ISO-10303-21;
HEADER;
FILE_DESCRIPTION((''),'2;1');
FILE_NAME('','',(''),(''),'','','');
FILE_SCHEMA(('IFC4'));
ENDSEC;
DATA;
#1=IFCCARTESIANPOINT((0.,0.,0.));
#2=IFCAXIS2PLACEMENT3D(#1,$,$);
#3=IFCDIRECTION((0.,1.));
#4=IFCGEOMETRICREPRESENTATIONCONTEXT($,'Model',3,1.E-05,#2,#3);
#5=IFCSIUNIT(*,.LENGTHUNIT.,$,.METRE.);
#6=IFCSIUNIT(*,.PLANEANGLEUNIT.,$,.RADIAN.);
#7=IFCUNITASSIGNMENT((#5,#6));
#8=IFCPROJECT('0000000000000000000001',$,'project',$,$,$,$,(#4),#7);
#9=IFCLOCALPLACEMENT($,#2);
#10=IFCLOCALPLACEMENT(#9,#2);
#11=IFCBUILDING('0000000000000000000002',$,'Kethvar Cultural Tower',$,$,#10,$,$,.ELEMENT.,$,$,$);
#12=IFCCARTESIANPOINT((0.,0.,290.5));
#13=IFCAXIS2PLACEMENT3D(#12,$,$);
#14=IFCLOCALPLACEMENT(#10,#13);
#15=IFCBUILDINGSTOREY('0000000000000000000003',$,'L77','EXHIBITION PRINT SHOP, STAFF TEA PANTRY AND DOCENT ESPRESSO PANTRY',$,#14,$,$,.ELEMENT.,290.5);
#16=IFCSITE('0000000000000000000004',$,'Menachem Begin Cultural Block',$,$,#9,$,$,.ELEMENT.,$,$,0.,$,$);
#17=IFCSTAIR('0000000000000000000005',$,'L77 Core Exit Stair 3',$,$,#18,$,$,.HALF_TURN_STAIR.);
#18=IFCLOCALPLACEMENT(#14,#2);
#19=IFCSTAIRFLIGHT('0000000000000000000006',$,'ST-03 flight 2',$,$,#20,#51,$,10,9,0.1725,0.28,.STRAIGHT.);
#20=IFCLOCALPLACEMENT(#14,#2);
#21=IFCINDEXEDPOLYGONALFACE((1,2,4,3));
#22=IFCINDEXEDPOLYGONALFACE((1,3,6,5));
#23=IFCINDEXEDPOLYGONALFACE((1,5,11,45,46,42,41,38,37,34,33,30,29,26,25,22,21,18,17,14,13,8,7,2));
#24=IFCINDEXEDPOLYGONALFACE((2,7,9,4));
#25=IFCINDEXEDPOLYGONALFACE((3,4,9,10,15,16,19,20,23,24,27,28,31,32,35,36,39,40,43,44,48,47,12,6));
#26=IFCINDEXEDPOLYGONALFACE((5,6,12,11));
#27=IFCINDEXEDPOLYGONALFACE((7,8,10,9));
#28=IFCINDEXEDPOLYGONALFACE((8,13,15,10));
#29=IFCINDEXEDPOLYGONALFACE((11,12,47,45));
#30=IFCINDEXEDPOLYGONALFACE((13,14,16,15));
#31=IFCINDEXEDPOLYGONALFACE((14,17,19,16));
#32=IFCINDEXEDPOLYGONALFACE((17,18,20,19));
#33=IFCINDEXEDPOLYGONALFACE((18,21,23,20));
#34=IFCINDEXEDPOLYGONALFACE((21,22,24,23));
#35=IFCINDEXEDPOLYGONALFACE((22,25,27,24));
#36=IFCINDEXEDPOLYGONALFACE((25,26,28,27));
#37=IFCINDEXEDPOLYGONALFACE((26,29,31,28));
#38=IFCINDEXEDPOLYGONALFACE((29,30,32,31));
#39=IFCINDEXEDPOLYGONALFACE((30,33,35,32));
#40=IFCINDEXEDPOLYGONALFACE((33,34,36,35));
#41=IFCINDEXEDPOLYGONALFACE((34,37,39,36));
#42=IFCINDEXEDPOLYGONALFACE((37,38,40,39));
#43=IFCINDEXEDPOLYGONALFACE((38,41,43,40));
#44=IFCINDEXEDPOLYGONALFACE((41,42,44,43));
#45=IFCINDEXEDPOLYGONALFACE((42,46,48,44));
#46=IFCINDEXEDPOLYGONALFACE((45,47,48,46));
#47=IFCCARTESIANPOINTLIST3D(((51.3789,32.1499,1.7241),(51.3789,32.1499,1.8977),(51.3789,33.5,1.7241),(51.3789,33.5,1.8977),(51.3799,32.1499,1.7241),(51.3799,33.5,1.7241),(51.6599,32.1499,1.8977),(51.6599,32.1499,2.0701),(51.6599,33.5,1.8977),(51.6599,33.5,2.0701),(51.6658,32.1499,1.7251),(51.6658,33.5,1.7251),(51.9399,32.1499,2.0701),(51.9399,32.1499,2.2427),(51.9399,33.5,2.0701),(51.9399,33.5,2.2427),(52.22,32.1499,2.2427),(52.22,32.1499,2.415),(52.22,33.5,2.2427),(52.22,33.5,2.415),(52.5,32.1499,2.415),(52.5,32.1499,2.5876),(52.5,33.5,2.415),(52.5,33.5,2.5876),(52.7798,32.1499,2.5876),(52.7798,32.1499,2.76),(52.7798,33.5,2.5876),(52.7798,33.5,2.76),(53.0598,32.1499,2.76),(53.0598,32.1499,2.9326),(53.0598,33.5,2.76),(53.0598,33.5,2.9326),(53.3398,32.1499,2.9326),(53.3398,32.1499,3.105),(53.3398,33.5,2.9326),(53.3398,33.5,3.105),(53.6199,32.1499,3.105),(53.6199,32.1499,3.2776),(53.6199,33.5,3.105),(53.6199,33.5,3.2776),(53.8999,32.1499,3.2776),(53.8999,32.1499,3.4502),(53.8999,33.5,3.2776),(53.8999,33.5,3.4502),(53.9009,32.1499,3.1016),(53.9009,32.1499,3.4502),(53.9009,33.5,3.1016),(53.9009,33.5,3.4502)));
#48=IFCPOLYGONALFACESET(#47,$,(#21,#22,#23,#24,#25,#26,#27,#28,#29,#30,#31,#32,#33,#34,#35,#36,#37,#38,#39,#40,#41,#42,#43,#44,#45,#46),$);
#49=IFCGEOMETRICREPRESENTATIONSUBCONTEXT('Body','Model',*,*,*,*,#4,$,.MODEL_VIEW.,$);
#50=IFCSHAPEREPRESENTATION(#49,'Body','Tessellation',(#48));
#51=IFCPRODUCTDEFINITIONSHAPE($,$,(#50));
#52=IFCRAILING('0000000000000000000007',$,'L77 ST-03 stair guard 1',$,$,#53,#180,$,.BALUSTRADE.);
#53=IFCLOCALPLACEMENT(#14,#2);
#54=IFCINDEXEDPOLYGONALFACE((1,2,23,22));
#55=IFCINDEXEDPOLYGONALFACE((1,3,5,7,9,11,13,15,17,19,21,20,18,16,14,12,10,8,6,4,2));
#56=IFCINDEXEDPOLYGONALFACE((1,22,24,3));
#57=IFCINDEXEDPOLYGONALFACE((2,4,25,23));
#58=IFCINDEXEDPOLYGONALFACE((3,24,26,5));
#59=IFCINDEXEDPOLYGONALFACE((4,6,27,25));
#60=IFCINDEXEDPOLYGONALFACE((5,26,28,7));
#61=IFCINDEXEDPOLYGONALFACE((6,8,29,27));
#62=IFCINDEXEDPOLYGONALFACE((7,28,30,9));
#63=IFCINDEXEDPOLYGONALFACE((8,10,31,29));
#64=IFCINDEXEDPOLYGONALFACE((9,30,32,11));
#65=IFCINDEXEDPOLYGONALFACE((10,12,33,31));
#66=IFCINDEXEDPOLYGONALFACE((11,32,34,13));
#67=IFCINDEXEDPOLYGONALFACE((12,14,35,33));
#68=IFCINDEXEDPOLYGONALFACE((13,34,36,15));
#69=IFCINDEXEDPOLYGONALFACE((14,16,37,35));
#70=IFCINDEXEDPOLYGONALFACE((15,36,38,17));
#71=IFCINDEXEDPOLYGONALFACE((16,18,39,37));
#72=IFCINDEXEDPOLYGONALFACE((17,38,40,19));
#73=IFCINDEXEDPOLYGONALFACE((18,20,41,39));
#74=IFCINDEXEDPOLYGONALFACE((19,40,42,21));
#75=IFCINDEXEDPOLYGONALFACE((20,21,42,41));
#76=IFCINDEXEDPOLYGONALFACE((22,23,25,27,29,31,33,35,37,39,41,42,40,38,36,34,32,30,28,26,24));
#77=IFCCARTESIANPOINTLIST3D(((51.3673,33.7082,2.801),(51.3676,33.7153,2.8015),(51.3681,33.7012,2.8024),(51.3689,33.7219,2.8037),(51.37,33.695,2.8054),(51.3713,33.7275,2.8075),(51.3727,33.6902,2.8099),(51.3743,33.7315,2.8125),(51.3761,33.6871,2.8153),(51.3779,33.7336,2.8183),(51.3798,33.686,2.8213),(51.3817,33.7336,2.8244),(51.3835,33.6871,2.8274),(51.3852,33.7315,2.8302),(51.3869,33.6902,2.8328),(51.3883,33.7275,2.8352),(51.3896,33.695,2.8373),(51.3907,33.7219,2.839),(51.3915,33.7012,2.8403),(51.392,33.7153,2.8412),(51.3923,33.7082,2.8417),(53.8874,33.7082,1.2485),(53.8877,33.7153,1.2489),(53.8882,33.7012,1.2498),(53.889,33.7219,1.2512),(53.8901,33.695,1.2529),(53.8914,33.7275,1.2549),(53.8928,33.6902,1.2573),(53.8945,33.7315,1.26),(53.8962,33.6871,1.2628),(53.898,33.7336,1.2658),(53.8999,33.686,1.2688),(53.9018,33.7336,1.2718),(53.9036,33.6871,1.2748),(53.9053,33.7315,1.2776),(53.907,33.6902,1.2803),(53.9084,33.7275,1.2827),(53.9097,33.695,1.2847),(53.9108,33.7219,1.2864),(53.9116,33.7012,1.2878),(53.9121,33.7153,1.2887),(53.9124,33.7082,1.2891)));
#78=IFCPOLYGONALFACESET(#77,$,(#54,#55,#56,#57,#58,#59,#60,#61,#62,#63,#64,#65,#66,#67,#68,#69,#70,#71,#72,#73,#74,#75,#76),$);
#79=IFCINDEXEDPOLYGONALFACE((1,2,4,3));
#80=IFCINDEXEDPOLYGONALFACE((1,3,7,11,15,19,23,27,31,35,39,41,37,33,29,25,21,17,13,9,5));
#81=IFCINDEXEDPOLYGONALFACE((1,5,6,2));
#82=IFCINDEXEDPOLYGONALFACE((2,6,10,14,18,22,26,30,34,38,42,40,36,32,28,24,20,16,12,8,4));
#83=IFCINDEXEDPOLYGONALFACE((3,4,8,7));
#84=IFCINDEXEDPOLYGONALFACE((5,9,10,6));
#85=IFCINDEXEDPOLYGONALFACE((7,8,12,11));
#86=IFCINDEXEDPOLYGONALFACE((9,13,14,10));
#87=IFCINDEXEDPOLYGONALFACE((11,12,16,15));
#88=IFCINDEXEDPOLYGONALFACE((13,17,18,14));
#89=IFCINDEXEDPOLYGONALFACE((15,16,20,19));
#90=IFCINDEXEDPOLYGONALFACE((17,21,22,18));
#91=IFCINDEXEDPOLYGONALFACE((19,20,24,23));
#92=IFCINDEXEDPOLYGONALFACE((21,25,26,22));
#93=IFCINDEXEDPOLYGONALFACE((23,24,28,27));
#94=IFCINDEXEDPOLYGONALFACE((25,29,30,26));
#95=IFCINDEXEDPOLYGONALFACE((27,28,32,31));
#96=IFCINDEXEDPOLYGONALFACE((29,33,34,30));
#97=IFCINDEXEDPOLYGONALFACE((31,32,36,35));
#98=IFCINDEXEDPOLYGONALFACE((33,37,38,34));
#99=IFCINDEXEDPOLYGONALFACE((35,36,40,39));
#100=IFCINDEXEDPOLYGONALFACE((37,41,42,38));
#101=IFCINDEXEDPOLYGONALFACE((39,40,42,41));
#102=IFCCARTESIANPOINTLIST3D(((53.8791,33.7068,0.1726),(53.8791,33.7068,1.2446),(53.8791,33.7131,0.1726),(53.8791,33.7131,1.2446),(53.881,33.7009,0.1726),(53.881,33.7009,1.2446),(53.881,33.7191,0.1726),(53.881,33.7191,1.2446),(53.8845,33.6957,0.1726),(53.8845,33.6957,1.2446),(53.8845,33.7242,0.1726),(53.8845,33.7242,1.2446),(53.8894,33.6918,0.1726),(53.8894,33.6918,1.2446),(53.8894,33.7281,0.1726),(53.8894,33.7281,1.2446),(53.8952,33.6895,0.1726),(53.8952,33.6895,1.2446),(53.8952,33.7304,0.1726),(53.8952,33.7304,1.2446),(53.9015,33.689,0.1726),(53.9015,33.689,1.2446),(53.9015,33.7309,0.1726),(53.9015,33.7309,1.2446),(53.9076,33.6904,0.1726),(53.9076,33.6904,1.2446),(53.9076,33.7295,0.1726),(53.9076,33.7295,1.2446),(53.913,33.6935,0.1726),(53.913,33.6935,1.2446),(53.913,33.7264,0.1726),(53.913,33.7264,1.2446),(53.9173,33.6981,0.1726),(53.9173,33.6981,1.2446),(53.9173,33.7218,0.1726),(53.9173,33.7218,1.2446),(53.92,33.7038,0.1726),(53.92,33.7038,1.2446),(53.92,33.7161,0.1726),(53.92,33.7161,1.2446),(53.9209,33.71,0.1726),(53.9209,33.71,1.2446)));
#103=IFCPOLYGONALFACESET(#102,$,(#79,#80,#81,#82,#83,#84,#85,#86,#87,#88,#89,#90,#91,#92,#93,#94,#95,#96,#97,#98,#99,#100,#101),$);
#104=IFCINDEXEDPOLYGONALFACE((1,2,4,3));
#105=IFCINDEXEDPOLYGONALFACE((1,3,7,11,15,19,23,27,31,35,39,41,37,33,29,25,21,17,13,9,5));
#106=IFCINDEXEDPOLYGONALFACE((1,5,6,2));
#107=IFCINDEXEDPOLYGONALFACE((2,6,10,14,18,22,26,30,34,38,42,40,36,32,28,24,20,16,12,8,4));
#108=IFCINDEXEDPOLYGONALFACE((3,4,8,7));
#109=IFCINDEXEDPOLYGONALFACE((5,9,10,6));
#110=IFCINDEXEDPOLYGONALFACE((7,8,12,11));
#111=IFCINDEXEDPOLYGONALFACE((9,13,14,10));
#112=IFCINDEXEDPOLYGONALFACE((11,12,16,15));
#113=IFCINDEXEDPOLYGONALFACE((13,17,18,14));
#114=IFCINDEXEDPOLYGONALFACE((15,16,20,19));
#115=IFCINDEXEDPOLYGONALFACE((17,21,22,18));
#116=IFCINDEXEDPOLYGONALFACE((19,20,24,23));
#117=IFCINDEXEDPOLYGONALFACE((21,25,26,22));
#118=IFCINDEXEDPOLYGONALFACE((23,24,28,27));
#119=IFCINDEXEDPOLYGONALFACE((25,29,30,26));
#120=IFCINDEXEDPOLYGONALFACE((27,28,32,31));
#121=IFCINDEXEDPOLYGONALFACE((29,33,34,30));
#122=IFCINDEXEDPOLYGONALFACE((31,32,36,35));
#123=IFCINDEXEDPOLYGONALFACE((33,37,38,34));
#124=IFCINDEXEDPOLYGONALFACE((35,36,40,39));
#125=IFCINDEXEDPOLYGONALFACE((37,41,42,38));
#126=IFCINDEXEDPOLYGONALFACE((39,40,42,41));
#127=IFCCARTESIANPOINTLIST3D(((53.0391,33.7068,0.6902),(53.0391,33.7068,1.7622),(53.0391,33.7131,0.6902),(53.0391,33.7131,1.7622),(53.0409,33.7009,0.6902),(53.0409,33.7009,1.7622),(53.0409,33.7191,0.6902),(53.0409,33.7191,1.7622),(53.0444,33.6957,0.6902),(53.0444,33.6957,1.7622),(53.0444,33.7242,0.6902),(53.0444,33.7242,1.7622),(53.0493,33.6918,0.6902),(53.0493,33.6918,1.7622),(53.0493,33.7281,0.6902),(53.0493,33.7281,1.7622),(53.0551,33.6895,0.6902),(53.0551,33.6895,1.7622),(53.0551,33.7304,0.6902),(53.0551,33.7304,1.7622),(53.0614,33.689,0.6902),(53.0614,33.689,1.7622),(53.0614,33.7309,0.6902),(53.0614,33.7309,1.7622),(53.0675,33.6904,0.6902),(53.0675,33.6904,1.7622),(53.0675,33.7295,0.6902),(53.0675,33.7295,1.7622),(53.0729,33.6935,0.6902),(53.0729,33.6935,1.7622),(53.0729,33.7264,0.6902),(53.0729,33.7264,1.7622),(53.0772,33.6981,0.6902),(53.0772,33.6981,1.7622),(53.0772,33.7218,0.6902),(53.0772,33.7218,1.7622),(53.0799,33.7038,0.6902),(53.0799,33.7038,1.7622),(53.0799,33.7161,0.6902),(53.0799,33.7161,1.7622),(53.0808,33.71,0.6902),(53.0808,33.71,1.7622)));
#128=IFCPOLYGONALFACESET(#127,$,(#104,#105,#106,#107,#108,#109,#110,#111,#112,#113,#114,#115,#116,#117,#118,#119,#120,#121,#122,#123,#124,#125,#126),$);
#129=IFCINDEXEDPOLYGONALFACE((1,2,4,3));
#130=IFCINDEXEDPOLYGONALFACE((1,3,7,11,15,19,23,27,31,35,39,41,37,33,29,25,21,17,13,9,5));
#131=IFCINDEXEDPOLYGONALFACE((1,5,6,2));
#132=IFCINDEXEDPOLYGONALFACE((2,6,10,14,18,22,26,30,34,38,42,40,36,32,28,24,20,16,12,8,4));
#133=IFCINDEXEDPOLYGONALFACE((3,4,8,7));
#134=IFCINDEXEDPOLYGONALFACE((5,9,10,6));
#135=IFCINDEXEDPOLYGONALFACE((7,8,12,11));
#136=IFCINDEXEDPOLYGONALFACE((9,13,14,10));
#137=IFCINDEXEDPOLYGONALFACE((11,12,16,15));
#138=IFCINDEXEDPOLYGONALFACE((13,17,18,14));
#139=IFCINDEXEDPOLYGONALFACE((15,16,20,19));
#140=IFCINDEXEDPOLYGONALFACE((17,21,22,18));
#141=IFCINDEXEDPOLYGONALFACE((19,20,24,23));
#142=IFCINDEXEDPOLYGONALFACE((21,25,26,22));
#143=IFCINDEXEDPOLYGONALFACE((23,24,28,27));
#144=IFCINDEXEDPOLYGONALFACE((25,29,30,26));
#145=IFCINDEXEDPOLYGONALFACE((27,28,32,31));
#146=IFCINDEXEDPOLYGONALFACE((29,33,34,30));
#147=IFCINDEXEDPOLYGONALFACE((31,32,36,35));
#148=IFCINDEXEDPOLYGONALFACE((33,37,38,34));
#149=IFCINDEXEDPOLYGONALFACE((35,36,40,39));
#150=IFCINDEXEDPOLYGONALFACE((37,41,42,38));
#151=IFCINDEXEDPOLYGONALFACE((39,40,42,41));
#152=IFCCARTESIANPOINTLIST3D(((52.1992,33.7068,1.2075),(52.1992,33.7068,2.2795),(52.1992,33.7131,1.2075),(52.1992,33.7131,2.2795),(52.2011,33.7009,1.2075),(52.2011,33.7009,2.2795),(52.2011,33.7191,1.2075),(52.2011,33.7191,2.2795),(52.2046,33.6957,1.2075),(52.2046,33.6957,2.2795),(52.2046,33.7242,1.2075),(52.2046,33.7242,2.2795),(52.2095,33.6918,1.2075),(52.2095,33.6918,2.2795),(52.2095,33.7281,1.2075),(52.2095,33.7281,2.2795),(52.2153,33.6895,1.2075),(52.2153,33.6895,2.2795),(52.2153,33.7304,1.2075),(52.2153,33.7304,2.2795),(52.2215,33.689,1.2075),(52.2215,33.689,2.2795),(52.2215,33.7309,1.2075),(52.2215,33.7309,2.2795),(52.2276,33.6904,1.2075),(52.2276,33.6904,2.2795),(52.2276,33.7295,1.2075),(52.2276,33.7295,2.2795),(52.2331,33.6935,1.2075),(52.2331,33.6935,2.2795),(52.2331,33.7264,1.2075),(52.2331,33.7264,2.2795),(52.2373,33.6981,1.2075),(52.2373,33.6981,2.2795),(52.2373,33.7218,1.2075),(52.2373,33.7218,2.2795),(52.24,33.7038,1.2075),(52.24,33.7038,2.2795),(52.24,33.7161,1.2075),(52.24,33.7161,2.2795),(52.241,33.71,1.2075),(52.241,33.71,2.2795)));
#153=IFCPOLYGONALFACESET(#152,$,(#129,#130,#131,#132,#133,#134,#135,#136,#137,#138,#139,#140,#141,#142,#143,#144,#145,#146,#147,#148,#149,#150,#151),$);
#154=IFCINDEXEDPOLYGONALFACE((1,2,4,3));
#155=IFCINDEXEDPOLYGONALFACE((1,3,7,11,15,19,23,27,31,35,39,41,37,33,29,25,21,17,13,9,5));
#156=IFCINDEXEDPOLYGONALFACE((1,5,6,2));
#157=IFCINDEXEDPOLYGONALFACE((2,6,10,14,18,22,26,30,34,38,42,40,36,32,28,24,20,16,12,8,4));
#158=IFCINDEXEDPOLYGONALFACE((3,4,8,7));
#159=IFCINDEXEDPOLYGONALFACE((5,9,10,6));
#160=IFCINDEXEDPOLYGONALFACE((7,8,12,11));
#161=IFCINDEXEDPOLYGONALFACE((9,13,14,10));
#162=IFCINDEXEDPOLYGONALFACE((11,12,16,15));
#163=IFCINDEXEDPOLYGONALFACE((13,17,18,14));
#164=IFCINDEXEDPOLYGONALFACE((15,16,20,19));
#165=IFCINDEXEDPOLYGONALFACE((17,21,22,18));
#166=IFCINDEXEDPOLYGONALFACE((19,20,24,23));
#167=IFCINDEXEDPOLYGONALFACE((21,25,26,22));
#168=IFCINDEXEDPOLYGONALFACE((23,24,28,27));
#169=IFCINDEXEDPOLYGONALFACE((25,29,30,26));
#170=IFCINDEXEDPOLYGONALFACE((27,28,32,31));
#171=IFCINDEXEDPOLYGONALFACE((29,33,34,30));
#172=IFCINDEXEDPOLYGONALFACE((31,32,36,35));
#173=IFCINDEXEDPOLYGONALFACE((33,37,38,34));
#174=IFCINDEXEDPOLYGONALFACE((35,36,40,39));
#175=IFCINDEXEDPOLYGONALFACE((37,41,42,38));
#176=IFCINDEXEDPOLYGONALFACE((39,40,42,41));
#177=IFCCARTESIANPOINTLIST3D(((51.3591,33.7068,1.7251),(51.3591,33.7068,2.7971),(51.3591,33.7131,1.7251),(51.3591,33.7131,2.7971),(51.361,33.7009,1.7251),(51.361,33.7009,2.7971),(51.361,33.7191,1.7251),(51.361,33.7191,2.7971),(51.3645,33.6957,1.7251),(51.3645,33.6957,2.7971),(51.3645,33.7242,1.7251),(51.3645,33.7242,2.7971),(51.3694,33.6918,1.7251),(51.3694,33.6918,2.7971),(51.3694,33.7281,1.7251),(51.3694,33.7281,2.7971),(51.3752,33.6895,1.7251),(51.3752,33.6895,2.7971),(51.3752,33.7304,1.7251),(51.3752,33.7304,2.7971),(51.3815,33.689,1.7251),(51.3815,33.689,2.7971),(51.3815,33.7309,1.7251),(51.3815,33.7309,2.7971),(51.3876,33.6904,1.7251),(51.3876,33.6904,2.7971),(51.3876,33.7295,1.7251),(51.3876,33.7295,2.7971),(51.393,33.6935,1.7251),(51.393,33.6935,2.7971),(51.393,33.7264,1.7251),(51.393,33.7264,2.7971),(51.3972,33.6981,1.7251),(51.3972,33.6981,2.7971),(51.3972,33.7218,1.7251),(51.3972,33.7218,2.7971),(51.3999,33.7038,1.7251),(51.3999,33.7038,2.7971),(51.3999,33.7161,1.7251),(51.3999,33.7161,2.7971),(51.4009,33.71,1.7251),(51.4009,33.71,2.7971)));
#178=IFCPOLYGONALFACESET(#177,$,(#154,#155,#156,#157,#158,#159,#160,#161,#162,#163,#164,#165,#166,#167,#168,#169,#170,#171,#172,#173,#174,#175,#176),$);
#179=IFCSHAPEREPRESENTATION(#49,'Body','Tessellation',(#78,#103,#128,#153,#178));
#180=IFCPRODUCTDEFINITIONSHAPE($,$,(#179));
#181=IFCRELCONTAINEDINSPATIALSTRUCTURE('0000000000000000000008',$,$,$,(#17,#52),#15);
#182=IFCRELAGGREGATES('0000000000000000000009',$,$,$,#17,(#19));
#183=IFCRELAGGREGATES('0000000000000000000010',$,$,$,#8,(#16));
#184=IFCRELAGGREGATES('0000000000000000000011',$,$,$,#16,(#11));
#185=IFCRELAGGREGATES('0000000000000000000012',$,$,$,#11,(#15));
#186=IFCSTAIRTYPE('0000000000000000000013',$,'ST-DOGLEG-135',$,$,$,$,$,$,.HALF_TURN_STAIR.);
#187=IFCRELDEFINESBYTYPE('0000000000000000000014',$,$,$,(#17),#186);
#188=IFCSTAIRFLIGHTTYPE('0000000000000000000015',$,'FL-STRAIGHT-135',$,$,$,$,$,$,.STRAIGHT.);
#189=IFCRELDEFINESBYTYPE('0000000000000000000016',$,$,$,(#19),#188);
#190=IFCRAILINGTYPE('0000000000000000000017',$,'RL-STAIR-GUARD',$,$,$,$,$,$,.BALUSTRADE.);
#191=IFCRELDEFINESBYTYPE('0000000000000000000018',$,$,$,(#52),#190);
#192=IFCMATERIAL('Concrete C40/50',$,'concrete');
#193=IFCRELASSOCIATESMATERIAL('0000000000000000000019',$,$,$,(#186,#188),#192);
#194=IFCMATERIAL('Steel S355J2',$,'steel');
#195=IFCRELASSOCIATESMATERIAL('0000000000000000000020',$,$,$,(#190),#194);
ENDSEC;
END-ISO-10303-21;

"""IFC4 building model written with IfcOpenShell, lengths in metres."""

from ifc_helpers import new_model, si_unit, direction, frame, origin, origin_2d, place, context, subcontext, project, spatial, polyline, circle, outline, extrude, material, type_object, element, aggregate, save


model = new_model("IFC4")

# Units and contexts
model_context = context("Model", 3, precision=1e-05, world=origin(), true_north=direction((0.0, 1.0)))
body_context = subcontext(model_context, "Body", "Model", "MODEL_VIEW")
ifc_project = project(units=[si_unit("LENGTHUNIT", "METRE"), si_unit("PLANEANGLEUNIT", "RADIAN")], contexts=[model_context])

# Site, building, storey
site_placement = place(None, origin())
site = spatial("IfcSite", under=ifc_project, at=site_placement, Name="Menachem Begin Cultural Block", CompositionType="ELEMENT", RefElevation=0.0)
building_placement = place(site_placement, origin())
building = spatial("IfcBuilding", under=site, at=building_placement, Name="Kethvar Cultural Tower", CompositionType="ELEMENT")
storey_placement = place(building_placement, frame((0.0, 0.0, 290.5)))
storey = spatial("IfcBuildingStorey", under=building, at=storey_placement, Name="L77", Description="EXHIBITION PRINT SHOP, STAFF TEA PANTRY AND DOCENT ESPRESSO PANTRY", CompositionType="ELEMENT", Elevation=290.5)

# Shared definitions
ifc_material_1 = material(Name="Steel S355J2", Category="steel")

# Shared definitions
ifc_material_2 = material(Name="Concrete C40/50", Category="concrete")

# Stair, stair flight
stair_type = type_object("IfcStairType", Name="ST-DOGLEG-135", PredefinedType="HALF_TURN_STAIR", material=ifc_material_2)
stair_placement = place(storey_placement, origin())
stair = element("IfcStair", 1, at=stair_placement, inside=storey, type_object=stair_type, Name="L77 Core Exit Stair 3", PredefinedType="HALF_TURN_STAIR")
stair_flight_type = type_object("IfcStairFlightType", Name="FL-STRAIGHT-135", PredefinedType="STRAIGHT", material=ifc_material_2)
stair_flight_1_placement = place(storey_placement, frame((51.3799, 32.825, 1.7251), z_axis=(0.0, 0.0, 1.0), x_axis=(1.0, 0.0, 0.0)))
stair_flight_1 = element("IfcStairFlight", 2, at=stair_flight_1_placement, type_object=stair_flight_type, Name="ST-03 flight 2", NumberOfRisers=10, NumberOfTreads=9, PredefinedType="STRAIGHT", RiserHeight=0.1725, TreadLength=0.28, context=body_context, shape_type="SweptSolid", body=[
    extrude(outline(polyline([(-0.001, -0.001), (-0.001, 0.1726), (0.28, 0.1726), (0.28, 0.345), (0.5601, 0.345), (0.5601, 0.5176), (0.8401, 0.5176), (0.8401, 0.6899), (1.1201, 0.6899), (1.1201, 0.8625), (1.3999, 0.8625), (1.3999, 1.0349), (1.6799, 1.0349), (1.6799, 1.2075), (1.96, 1.2075), (1.96, 1.3799), (2.24, 1.3799), (2.24, 1.5525), (2.52, 1.5525), (2.52, 1.7251), (2.521, 1.7251), (2.521, 1.3765), (0.2859, 0.0), (0.0, -0.001), (-0.001, -0.001)])), frame((0.0, 0.675, 0.0), z_axis=(0.0, -1.0, 0.0), x_axis=(1.0, 0.0, 0.0)), (0.0, 0.0, 1.0), 1.3501),
])
aggregate(stair, [stair_flight_1])

# Railing
railing_type_1 = type_object("IfcRailingType", Name="RL-STAIR-GUARD", PredefinedType="BALUSTRADE", material=ifc_material_1)
railing_1_placement = place(storey_placement, frame((53.8999, 33.71, 0.1726)))
element("IfcRailing", 3, at=railing_1_placement, inside=storey, type_object=railing_type_1, Name="L77 ST-03 stair guard 1", PredefinedType="BALUSTRADE", context=body_context, shape_type="SweptSolid", body=[
    extrude(circle(Radius=0.0239, at=origin_2d()), frame((0.0, 0.0, 1.0962), z_axis=(-0.8514, 0.0, 0.524516), x_axis=(0.0, -1.0, 0.0)), (0.0, 0.0, 1.0), 2.96),
    extrude(circle(Radius=0.021, at=origin_2d()), origin(), (0.0, 0.0, 1.0), 1.072),
    extrude(circle(Radius=0.021, at=origin_2d()), frame((-0.8401, 0.0, 0.5176)), (0.0, 0.0, 1.0), 1.072),
    extrude(circle(Radius=0.021, at=origin_2d()), frame((-1.6799, 0.0, 1.0349)), (0.0, 0.0, 1.0), 1.072),
    extrude(circle(Radius=0.021, at=origin_2d()), frame((-2.52, 0.0, 1.5525)), (0.0, 0.0, 1.0), 1.072),
])

save(model, "model.ifc")
